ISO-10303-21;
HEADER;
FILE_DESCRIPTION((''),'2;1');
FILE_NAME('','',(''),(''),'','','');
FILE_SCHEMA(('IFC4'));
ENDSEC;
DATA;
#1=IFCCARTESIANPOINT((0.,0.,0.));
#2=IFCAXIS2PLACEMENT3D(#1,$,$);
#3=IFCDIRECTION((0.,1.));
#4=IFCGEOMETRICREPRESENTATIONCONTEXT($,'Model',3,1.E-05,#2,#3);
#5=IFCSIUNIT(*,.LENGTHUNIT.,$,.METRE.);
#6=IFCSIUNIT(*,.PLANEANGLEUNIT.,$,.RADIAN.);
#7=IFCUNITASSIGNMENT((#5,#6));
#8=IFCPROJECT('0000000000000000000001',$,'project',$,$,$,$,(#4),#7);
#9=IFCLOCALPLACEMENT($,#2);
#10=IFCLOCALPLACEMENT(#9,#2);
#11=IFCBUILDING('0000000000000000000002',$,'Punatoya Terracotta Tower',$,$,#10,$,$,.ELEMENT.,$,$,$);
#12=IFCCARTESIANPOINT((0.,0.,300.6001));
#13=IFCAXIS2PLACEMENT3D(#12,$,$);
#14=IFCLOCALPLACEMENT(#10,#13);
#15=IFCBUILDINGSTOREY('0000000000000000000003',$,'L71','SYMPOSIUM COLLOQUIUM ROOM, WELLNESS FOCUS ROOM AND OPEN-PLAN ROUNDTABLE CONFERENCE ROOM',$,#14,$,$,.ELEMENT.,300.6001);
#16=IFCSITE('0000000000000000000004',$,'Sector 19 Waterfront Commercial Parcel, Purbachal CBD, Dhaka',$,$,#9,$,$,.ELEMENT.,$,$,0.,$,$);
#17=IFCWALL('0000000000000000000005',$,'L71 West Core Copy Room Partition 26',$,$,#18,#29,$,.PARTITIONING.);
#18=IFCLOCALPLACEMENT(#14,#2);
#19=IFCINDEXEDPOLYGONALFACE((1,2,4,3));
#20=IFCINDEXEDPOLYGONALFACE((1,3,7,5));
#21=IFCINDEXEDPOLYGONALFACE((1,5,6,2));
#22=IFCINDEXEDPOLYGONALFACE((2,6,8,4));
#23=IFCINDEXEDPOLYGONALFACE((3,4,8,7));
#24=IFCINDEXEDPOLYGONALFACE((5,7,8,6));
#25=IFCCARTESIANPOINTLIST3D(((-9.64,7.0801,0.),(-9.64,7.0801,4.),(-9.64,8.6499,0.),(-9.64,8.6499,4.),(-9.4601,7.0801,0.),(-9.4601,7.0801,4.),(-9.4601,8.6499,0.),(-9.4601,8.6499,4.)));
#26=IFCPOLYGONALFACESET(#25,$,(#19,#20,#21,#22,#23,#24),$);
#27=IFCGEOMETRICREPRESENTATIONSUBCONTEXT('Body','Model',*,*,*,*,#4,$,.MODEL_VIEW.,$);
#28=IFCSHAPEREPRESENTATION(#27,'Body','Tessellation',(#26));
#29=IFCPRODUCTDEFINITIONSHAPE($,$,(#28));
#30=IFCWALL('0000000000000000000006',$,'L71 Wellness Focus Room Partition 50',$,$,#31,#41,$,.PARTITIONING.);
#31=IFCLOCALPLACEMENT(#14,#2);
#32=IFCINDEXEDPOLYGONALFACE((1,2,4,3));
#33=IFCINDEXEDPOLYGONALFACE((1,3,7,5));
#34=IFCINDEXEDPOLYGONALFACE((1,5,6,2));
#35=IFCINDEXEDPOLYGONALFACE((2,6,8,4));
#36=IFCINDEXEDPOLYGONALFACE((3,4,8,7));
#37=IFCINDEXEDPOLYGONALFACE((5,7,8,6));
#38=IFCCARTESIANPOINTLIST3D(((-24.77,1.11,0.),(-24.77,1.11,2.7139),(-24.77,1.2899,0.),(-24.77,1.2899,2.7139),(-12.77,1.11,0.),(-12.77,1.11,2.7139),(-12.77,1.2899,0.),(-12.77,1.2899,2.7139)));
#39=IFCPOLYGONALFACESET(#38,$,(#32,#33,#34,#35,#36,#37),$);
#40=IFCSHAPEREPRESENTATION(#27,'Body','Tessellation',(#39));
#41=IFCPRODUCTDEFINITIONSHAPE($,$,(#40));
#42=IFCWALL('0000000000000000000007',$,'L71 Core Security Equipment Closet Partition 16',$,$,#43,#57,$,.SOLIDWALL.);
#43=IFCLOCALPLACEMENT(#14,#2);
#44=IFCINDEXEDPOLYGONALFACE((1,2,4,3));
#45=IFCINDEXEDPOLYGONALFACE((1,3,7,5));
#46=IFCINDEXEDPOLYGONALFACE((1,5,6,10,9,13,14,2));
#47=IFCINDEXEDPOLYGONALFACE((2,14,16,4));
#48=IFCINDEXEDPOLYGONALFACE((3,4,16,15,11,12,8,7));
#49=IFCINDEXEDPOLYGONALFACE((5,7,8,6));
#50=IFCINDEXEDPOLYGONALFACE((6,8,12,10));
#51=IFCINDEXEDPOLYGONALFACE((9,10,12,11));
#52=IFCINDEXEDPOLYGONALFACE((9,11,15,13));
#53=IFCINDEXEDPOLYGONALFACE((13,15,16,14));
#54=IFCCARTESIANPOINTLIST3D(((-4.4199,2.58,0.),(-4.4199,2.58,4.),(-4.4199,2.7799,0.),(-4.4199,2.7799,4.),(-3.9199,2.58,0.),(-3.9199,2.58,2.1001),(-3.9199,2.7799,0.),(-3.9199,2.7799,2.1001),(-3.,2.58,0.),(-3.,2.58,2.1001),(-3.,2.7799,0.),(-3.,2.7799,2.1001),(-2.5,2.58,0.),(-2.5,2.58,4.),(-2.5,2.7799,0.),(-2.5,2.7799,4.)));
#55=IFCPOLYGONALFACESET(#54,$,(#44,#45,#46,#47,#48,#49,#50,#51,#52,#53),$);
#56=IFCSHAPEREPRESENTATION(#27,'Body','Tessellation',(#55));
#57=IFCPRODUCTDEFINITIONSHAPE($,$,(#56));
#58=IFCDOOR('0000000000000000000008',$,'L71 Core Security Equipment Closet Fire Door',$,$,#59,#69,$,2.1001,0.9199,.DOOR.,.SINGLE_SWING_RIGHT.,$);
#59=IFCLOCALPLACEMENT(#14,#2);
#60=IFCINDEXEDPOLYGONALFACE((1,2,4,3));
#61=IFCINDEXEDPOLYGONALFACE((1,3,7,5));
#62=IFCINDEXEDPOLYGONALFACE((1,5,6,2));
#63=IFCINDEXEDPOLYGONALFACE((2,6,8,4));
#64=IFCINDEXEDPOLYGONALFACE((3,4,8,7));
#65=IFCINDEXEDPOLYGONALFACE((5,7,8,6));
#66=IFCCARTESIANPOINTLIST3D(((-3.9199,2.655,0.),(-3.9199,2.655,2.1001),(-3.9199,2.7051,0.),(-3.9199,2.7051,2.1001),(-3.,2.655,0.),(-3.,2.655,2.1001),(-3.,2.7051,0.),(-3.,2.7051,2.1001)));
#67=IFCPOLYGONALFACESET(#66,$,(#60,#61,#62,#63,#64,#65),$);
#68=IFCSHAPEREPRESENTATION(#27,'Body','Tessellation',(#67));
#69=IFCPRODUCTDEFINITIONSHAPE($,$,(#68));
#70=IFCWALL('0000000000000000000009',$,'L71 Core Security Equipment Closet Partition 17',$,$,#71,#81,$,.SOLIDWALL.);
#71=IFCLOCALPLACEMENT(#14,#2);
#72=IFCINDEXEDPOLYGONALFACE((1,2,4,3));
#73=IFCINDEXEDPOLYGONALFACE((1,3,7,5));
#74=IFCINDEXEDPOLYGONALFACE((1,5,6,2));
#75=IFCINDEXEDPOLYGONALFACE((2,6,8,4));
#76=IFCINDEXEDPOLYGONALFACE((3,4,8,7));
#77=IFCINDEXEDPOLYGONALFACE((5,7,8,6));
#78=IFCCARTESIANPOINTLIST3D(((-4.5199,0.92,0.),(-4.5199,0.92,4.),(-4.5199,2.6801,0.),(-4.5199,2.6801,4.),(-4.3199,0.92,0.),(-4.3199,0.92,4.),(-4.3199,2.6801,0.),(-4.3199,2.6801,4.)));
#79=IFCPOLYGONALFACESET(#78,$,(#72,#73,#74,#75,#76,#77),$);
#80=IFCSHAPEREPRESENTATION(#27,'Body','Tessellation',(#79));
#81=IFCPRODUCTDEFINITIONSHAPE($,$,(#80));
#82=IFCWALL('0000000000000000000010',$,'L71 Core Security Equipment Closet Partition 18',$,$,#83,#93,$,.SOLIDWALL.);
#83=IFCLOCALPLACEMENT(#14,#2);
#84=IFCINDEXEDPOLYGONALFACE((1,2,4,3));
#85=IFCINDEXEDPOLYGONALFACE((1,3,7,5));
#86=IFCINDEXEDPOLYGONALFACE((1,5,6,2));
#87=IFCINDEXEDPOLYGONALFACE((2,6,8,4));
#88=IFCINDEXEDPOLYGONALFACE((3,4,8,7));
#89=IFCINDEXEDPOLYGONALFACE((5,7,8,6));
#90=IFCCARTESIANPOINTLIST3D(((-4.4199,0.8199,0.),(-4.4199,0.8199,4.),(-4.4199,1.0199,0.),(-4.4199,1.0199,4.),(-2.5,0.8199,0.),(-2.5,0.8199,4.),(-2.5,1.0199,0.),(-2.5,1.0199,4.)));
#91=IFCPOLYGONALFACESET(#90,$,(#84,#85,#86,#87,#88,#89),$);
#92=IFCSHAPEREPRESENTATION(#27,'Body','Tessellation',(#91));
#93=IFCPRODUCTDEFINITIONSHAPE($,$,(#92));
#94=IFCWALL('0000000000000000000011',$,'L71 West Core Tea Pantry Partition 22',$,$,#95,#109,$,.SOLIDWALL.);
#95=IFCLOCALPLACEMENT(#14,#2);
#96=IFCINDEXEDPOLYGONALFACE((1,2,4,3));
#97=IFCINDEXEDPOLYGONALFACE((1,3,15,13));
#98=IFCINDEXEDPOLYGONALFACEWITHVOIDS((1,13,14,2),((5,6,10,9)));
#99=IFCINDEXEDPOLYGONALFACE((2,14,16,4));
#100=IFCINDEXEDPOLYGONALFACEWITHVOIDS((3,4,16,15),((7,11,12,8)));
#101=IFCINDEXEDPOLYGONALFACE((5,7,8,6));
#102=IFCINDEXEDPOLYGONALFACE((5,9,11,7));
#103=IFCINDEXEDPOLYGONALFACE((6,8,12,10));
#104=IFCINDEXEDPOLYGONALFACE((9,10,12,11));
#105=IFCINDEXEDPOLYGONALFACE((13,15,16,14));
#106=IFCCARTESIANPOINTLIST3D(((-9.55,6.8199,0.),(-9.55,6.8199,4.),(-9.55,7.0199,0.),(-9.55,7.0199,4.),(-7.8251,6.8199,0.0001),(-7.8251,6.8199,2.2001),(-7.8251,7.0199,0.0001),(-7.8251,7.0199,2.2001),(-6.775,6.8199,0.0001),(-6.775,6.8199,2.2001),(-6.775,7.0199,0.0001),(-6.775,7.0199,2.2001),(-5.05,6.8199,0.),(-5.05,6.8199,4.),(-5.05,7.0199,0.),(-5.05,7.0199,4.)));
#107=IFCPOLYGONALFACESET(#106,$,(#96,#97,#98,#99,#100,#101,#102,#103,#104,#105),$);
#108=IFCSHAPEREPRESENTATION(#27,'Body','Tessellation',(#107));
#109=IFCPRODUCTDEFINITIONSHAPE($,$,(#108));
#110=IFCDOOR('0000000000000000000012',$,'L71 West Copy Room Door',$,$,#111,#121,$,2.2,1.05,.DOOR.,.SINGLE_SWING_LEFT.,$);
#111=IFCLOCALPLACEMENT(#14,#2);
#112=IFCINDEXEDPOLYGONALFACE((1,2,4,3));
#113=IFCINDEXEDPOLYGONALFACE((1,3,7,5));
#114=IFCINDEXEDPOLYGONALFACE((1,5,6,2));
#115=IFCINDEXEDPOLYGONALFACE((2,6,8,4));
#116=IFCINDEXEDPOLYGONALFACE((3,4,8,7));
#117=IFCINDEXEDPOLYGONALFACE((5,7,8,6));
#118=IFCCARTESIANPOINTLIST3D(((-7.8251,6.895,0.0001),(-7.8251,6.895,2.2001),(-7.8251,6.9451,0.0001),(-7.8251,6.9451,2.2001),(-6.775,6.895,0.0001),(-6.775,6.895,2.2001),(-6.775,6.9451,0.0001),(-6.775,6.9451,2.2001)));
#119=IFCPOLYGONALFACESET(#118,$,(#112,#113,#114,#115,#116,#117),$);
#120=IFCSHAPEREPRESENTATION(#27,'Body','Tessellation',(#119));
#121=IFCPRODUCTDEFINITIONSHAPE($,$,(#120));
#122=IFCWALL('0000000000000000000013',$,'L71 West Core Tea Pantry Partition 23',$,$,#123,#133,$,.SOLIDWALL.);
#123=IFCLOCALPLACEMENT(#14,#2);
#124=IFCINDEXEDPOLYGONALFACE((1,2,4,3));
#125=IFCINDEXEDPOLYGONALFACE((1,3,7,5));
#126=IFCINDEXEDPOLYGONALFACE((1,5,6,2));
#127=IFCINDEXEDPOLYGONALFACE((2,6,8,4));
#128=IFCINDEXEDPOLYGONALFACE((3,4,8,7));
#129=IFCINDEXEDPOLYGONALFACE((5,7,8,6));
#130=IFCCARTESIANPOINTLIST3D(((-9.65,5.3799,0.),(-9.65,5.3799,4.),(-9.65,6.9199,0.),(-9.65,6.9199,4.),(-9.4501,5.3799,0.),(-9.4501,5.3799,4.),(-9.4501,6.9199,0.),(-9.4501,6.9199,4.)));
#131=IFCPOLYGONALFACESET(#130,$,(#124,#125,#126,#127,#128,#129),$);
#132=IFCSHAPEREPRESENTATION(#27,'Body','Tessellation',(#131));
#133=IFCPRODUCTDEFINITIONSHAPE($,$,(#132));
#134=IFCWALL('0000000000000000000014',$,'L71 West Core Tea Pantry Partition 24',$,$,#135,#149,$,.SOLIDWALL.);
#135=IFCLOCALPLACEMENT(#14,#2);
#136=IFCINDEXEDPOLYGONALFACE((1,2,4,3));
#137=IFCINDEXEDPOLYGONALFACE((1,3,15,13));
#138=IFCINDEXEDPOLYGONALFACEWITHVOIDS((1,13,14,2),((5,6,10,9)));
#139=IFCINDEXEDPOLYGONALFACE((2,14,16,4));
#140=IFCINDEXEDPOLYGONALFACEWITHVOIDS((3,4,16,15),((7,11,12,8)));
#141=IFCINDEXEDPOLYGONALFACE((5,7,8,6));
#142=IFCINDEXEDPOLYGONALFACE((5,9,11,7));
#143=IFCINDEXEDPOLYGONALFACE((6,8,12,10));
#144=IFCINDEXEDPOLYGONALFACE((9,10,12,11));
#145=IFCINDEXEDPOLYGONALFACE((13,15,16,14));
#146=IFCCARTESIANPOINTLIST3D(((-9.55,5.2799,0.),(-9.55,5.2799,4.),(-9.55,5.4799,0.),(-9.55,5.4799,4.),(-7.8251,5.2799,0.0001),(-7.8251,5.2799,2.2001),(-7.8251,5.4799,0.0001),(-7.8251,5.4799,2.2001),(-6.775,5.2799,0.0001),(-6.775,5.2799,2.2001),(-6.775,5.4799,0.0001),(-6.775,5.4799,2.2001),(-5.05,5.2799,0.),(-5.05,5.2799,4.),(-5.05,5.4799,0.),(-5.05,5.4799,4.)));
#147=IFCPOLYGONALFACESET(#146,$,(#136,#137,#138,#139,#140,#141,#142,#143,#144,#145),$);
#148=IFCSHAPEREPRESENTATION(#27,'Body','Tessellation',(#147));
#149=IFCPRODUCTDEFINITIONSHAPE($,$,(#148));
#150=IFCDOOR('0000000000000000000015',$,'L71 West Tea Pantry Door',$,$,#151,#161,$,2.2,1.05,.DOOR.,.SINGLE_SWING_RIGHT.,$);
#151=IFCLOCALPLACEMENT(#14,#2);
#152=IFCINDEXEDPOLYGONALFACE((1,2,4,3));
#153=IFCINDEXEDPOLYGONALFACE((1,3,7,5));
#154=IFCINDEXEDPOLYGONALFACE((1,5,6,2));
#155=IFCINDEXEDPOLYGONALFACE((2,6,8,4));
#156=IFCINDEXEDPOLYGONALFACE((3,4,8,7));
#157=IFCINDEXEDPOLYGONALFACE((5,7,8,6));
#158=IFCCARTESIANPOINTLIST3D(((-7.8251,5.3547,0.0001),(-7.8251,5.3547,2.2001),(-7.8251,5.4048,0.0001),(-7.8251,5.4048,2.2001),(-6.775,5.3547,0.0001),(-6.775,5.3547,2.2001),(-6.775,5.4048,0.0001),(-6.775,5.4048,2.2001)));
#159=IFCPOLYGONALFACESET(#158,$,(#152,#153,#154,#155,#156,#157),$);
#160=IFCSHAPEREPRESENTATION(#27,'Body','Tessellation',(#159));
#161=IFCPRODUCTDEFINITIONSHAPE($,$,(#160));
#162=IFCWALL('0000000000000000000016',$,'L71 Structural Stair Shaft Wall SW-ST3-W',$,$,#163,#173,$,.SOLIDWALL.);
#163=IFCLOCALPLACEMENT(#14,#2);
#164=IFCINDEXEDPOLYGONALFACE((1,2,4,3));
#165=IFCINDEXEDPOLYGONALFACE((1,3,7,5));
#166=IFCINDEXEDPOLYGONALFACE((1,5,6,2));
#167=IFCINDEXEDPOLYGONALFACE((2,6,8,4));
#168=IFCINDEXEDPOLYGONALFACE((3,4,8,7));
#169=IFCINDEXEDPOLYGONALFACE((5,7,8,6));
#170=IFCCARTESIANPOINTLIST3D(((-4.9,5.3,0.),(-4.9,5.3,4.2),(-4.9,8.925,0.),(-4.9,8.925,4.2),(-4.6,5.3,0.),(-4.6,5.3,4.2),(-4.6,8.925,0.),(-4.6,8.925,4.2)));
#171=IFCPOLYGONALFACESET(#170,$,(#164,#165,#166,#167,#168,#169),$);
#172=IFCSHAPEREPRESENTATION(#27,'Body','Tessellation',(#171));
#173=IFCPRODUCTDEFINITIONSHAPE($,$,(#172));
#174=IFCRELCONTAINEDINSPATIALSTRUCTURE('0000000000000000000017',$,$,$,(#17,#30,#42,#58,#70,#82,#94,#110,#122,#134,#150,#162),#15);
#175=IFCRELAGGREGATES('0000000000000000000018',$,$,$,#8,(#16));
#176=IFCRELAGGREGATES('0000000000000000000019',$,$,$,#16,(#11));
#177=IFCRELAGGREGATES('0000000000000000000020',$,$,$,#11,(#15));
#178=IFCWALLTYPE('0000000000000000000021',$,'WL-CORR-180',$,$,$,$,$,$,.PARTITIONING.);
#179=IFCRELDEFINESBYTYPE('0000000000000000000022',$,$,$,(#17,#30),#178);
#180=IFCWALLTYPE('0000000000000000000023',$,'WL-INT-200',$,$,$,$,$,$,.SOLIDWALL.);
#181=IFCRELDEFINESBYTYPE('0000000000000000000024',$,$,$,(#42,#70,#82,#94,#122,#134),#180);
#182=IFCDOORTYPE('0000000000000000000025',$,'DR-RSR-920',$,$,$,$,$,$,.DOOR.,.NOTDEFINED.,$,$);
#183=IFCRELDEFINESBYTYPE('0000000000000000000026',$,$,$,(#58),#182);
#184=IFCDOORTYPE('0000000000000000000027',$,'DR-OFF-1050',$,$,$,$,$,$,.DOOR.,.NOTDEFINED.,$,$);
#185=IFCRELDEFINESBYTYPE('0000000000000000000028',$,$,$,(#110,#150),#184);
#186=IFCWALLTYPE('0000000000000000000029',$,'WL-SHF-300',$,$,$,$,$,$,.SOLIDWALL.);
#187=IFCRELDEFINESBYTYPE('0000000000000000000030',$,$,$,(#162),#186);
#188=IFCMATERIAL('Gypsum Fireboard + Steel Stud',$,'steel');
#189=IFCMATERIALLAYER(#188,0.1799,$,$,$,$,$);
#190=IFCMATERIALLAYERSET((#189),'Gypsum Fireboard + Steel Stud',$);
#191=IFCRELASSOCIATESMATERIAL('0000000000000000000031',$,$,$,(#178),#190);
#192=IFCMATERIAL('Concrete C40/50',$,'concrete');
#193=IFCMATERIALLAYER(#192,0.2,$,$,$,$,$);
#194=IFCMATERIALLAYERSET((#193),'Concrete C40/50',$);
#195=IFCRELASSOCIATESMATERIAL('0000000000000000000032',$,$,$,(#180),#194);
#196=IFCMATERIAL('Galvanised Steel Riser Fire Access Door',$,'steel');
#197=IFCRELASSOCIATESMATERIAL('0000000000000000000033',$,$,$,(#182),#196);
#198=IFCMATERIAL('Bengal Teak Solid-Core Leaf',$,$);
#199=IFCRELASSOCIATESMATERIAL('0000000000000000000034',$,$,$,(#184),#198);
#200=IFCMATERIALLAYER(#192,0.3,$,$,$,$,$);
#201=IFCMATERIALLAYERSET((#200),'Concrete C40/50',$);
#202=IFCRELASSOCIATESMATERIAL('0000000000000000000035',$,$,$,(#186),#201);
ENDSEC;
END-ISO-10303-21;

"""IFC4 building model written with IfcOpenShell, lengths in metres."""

from ifc_helpers import new_model, si_unit, direction, frame, frame_2d, origin, place, context, subcontext, project, spatial, rectangle, extrude, material, layer, layer_set, type_object, element, fill, save


model = new_model("IFC4")

# Units and contexts
model_context = context("Model", 3, precision=1e-05, world=origin(), true_north=direction((0.0, 1.0)))
body_context = subcontext(model_context, "Body", "Model", "MODEL_VIEW")
ifc_project = project(units=[si_unit("LENGTHUNIT", "METRE"), si_unit("PLANEANGLEUNIT", "RADIAN")], contexts=[model_context])

# Site, building, storey
site_placement = place(None, origin())
site = spatial("IfcSite", under=ifc_project, at=site_placement, Name="Sector 19 Waterfront Commercial Parcel, Purbachal CBD, Dhaka", CompositionType="ELEMENT", RefElevation=0.0)
building_placement = place(site_placement, origin())
building = spatial("IfcBuilding", under=site, at=building_placement, Name="Punatoya Terracotta Tower", CompositionType="ELEMENT")
storey_placement = place(building_placement, frame((0.0, 0.0, 300.6001)))
storey = spatial("IfcBuildingStorey", under=building, at=storey_placement, Name="L71", Description="SYMPOSIUM COLLOQUIUM ROOM, WELLNESS FOCUS ROOM AND OPEN-PLAN ROUNDTABLE CONFERENCE ROOM", CompositionType="ELEMENT", Elevation=300.6001)

# Walls
ifc_material_1 = material(Name="Gypsum Fireboard + Steel Stud", Category="steel")
ifc_layer_1 = layer(ifc_material_1, 0.1799)
ifc_layer_set_1 = layer_set([ifc_layer_1], Name="Gypsum Fireboard + Steel Stud")
wall_type_1 = type_object("IfcWallType", Name="WL-CORR-180", PredefinedType="PARTITIONING", material=ifc_layer_set_1)
wall_1_placement = place(storey_placement, frame((-9.55, 8.6499, 0.0), z_axis=(0.0, 0.0, 1.0), x_axis=(0.0, -1.0, 0.0)))
element("IfcWall", 1, at=wall_1_placement, inside=storey, type_object=wall_type_1, Name="L71 West Core Copy Room Partition 26", PredefinedType="PARTITIONING", context=body_context, shape_type="SweptSolid", body=[
    extrude(rectangle(XDim=1.5698, YDim=0.1799, at=frame_2d((0.7849, 0.0))), origin(), (0.0, 0.0, 1.0), 4.0),
])
wall_2_placement = place(storey_placement, frame((-12.77, 1.2, 0.0), z_axis=(0.0, 0.0, 1.0), x_axis=(-1.0, 0.0, 0.0)))
element("IfcWall", 2, at=wall_2_placement, inside=storey, type_object=wall_type_1, Name="L71 Wellness Focus Room Partition 50", PredefinedType="PARTITIONING", context=body_context, shape_type="SweptSolid", body=[
    extrude(rectangle(XDim=12.0, YDim=0.1799, at=frame_2d((6.0, 0.0))), origin(), (0.0, 0.0, 1.0), 2.7139),
])

# Wall, opening, door
ifc_material_2 = material(Name="Concrete C40/50", Category="concrete")
ifc_layer_2 = layer(ifc_material_2, 0.2)
ifc_layer_set_2 = layer_set([ifc_layer_2], Name="Concrete C40/50")
wall_type_2 = type_object("IfcWallType", Name="WL-INT-200", PredefinedType="SOLIDWALL", material=ifc_layer_set_2)
wall_3_placement = place(storey_placement, frame((-2.5, 2.6799, 0.0), z_axis=(0.0, 0.0, 1.0), x_axis=(-1.0, 0.0, 0.0)))
wall_3 = element("IfcWall", 3, at=wall_3_placement, inside=storey, type_object=wall_type_2, Name="L71 Core Security Equipment Closet Partition 16", PredefinedType="SOLIDWALL", context=body_context, shape_type="SweptSolid", body=[
    extrude(rectangle(XDim=1.9199, YDim=0.2, at=frame_2d((0.96, 0.0))), origin(), (0.0, 0.0, 1.0), 4.0),
])
opening_1_placement = place(wall_3_placement, frame((0.5, 0.0, 0.0)))
opening_1 = element("IfcOpeningElement", 4, at=opening_1_placement, cuts=wall_3, PredefinedType="OPENING", context=body_context, shape_type="SweptSolid", body=[
    extrude(rectangle(XDim=0.9199, YDim=2.1001, at=frame_2d((0.46, 1.05))), frame((0.0, 0.1099, 0.0), z_axis=(0.0, -1.0, 0.0), x_axis=(1.0, 0.0, 0.0)), (0.0, 0.0, 1.0), 0.22),
])
ifc_material_3 = material(Name="Galvanised Steel Riser Fire Access Door", Category="steel")
door_type_1 = type_object("IfcDoorType", Name="DR-RSR-920", OperationType="NOTDEFINED", PredefinedType="DOOR", material=ifc_material_3)
door_1_placement = place(opening_1_placement, origin())
door_1 = element("IfcDoor", 5, at=door_1_placement, inside=storey, type_object=door_type_1, Name="L71 Core Security Equipment Closet Fire Door", OperationType="SINGLE_SWING_RIGHT", OverallHeight=2.1001, OverallWidth=0.9199, PredefinedType="DOOR", context=body_context, shape_type="SweptSolid", body=[
    extrude(rectangle(XDim=0.9199, YDim=2.1001, at=frame_2d((0.46, 1.05))), frame((0.0, 0.0249, 0.0), z_axis=(0.0, -1.0, 0.0), x_axis=(1.0, 0.0, 0.0)), (0.0, 0.0, 1.0), 0.05),
])
fill(opening_1, door_1)

# Walls
wall_4_placement = place(storey_placement, frame((-4.4199, 2.6799, 0.0), z_axis=(0.0, 0.0, 1.0), x_axis=(0.0, -1.0, 0.0)))
element("IfcWall", 6, at=wall_4_placement, inside=storey, type_object=wall_type_2, Name="L71 Core Security Equipment Closet Partition 17", PredefinedType="SOLIDWALL", context=body_context, shape_type="SweptSolid", body=[
    extrude(rectangle(XDim=1.76, YDim=0.2, at=frame_2d((0.8799, 0.0))), origin(), (0.0, 0.0, 1.0), 4.0),
])
wall_5_placement = place(storey_placement, frame((-4.4199, 0.9199, 0.0), z_axis=(0.0, 0.0, 1.0), x_axis=(1.0, 0.0, 0.0)))
element("IfcWall", 7, at=wall_5_placement, inside=storey, type_object=wall_type_2, Name="L71 Core Security Equipment Closet Partition 18", PredefinedType="SOLIDWALL", context=body_context, shape_type="SweptSolid", body=[
    extrude(rectangle(XDim=1.9199, YDim=0.2, at=frame_2d((0.96, 0.0))), origin(), (0.0, 0.0, 1.0), 4.0),
])

# Wall, opening, door
wall_6_placement = place(storey_placement, frame((-5.05, 6.9199, 0.0), z_axis=(0.0, 0.0, 1.0), x_axis=(-1.0, 0.0, 0.0)))
wall_6 = element("IfcWall", 8, at=wall_6_placement, inside=storey, type_object=wall_type_2, Name="L71 West Core Tea Pantry Partition 22", PredefinedType="SOLIDWALL", context=body_context, shape_type="SweptSolid", body=[
    extrude(rectangle(XDim=4.5, YDim=0.2, at=frame_2d((2.25, 0.0))), origin(), (0.0, 0.0, 1.0), 4.0),
])
opening_2_placement = place(wall_6_placement, frame((1.7251, 0.0, 0.0)))
opening_2 = element("IfcOpeningElement", 9, at=opening_2_placement, cuts=wall_6, PredefinedType="OPENING", context=body_context, shape_type="SweptSolid", body=[
    extrude(rectangle(XDim=1.05, YDim=2.2, at=frame_2d((0.5249, 1.1001))), frame((0.0, 0.1099, 0.0), z_axis=(0.0, -1.0, 0.0), x_axis=(1.0, 0.0, 0.0)), (0.0, 0.0, 1.0), 0.22),
])
ifc_material_4 = material(Name="Bengal Teak Solid-Core Leaf")
door_type_2 = type_object("IfcDoorType", Name="DR-OFF-1050", OperationType="NOTDEFINED", PredefinedType="DOOR", material=ifc_material_4)
door_2_placement = place(opening_2_placement, origin())
door_2 = element("IfcDoor", 10, at=door_2_placement, inside=storey, type_object=door_type_2, Name="L71 West Copy Room Door", OperationType="SINGLE_SWING_LEFT", OverallHeight=2.2, OverallWidth=1.05, PredefinedType="DOOR", context=body_context, shape_type="SweptSolid", body=[
    extrude(rectangle(XDim=1.05, YDim=2.2, at=frame_2d((0.5249, 1.1001))), frame((0.0, 0.0249, 0.0), z_axis=(0.0, -1.0, 0.0), x_axis=(1.0, 0.0, 0.0)), (0.0, 0.0, 1.0), 0.05),
])
fill(opening_2, door_2)

# Wall
wall_7_placement = place(storey_placement, frame((-9.55, 6.9199, 0.0), z_axis=(0.0, 0.0, 1.0), x_axis=(0.0, -1.0, 0.0)))
element("IfcWall", 11, at=wall_7_placement, inside=storey, type_object=wall_type_2, Name="L71 West Core Tea Pantry Partition 23", PredefinedType="SOLIDWALL", context=body_context, shape_type="SweptSolid", body=[
    extrude(rectangle(XDim=1.54, YDim=0.2, at=frame_2d((0.77, 0.0))), origin(), (0.0, 0.0, 1.0), 4.0),
])

# Wall, opening, door
wall_8_placement = place(storey_placement, frame((-9.55, 5.3799, 0.0), z_axis=(0.0, 0.0, 1.0), x_axis=(1.0, 0.0, 0.0)))
wall_8 = element("IfcWall", 12, at=wall_8_placement, inside=storey, type_object=wall_type_2, Name="L71 West Core Tea Pantry Partition 24", PredefinedType="SOLIDWALL", context=body_context, shape_type="SweptSolid", body=[
    extrude(rectangle(XDim=4.5, YDim=0.2, at=frame_2d((2.25, 0.0))), origin(), (0.0, 0.0, 1.0), 4.0),
])
opening_3_placement = place(wall_8_placement, frame((1.7251, 0.0, 0.0)))
opening_3 = element("IfcOpeningElement", 13, at=opening_3_placement, cuts=wall_8, PredefinedType="OPENING", context=body_context, shape_type="SweptSolid", body=[
    extrude(rectangle(XDim=1.05, YDim=2.2, at=frame_2d((0.5249, 1.1001))), frame((0.0, 0.1099, 0.0), z_axis=(0.0, -1.0, 0.0), x_axis=(1.0, 0.0, 0.0)), (0.0, 0.0, 1.0), 0.22),
])
door_3_placement = place(opening_3_placement, origin())
door_3 = element("IfcDoor", 14, at=door_3_placement, inside=storey, type_object=door_type_2, Name="L71 West Tea Pantry Door", OperationType="SINGLE_SWING_RIGHT", OverallHeight=2.2, OverallWidth=1.05, PredefinedType="DOOR", context=body_context, shape_type="SweptSolid", body=[
    extrude(rectangle(XDim=1.05, YDim=2.2, at=frame_2d((0.5249, 1.1001))), frame((0.0, 0.0249, 0.0), z_axis=(0.0, -1.0, 0.0), x_axis=(1.0, 0.0, 0.0)), (0.0, 0.0, 1.0), 0.05),
])
fill(opening_3, door_3)

# Wall
ifc_layer_3 = layer(ifc_material_2, 0.3)
ifc_layer_set_3 = layer_set([ifc_layer_3], Name="Concrete C40/50")
wall_type_3 = type_object("IfcWallType", Name="WL-SHF-300", PredefinedType="SOLIDWALL", material=ifc_layer_set_3)
wall_9_placement = place(storey_placement, frame((-4.75, 5.3, 0.0), z_axis=(0.0, 0.0, 1.0), x_axis=(0.0, 1.0, 0.0)))
element("IfcWall", 15, at=wall_9_placement, inside=storey, type_object=wall_type_3, Name="L71 Structural Stair Shaft Wall SW-ST3-W", PredefinedType="SOLIDWALL", context=body_context, shape_type="SweptSolid", body=[
    extrude(rectangle(XDim=3.625, YDim=0.3, at=frame_2d((1.8125, 0.0))), origin(), (0.0, 0.0, 1.0), 4.2),
])

save(model, "model.ifc")
